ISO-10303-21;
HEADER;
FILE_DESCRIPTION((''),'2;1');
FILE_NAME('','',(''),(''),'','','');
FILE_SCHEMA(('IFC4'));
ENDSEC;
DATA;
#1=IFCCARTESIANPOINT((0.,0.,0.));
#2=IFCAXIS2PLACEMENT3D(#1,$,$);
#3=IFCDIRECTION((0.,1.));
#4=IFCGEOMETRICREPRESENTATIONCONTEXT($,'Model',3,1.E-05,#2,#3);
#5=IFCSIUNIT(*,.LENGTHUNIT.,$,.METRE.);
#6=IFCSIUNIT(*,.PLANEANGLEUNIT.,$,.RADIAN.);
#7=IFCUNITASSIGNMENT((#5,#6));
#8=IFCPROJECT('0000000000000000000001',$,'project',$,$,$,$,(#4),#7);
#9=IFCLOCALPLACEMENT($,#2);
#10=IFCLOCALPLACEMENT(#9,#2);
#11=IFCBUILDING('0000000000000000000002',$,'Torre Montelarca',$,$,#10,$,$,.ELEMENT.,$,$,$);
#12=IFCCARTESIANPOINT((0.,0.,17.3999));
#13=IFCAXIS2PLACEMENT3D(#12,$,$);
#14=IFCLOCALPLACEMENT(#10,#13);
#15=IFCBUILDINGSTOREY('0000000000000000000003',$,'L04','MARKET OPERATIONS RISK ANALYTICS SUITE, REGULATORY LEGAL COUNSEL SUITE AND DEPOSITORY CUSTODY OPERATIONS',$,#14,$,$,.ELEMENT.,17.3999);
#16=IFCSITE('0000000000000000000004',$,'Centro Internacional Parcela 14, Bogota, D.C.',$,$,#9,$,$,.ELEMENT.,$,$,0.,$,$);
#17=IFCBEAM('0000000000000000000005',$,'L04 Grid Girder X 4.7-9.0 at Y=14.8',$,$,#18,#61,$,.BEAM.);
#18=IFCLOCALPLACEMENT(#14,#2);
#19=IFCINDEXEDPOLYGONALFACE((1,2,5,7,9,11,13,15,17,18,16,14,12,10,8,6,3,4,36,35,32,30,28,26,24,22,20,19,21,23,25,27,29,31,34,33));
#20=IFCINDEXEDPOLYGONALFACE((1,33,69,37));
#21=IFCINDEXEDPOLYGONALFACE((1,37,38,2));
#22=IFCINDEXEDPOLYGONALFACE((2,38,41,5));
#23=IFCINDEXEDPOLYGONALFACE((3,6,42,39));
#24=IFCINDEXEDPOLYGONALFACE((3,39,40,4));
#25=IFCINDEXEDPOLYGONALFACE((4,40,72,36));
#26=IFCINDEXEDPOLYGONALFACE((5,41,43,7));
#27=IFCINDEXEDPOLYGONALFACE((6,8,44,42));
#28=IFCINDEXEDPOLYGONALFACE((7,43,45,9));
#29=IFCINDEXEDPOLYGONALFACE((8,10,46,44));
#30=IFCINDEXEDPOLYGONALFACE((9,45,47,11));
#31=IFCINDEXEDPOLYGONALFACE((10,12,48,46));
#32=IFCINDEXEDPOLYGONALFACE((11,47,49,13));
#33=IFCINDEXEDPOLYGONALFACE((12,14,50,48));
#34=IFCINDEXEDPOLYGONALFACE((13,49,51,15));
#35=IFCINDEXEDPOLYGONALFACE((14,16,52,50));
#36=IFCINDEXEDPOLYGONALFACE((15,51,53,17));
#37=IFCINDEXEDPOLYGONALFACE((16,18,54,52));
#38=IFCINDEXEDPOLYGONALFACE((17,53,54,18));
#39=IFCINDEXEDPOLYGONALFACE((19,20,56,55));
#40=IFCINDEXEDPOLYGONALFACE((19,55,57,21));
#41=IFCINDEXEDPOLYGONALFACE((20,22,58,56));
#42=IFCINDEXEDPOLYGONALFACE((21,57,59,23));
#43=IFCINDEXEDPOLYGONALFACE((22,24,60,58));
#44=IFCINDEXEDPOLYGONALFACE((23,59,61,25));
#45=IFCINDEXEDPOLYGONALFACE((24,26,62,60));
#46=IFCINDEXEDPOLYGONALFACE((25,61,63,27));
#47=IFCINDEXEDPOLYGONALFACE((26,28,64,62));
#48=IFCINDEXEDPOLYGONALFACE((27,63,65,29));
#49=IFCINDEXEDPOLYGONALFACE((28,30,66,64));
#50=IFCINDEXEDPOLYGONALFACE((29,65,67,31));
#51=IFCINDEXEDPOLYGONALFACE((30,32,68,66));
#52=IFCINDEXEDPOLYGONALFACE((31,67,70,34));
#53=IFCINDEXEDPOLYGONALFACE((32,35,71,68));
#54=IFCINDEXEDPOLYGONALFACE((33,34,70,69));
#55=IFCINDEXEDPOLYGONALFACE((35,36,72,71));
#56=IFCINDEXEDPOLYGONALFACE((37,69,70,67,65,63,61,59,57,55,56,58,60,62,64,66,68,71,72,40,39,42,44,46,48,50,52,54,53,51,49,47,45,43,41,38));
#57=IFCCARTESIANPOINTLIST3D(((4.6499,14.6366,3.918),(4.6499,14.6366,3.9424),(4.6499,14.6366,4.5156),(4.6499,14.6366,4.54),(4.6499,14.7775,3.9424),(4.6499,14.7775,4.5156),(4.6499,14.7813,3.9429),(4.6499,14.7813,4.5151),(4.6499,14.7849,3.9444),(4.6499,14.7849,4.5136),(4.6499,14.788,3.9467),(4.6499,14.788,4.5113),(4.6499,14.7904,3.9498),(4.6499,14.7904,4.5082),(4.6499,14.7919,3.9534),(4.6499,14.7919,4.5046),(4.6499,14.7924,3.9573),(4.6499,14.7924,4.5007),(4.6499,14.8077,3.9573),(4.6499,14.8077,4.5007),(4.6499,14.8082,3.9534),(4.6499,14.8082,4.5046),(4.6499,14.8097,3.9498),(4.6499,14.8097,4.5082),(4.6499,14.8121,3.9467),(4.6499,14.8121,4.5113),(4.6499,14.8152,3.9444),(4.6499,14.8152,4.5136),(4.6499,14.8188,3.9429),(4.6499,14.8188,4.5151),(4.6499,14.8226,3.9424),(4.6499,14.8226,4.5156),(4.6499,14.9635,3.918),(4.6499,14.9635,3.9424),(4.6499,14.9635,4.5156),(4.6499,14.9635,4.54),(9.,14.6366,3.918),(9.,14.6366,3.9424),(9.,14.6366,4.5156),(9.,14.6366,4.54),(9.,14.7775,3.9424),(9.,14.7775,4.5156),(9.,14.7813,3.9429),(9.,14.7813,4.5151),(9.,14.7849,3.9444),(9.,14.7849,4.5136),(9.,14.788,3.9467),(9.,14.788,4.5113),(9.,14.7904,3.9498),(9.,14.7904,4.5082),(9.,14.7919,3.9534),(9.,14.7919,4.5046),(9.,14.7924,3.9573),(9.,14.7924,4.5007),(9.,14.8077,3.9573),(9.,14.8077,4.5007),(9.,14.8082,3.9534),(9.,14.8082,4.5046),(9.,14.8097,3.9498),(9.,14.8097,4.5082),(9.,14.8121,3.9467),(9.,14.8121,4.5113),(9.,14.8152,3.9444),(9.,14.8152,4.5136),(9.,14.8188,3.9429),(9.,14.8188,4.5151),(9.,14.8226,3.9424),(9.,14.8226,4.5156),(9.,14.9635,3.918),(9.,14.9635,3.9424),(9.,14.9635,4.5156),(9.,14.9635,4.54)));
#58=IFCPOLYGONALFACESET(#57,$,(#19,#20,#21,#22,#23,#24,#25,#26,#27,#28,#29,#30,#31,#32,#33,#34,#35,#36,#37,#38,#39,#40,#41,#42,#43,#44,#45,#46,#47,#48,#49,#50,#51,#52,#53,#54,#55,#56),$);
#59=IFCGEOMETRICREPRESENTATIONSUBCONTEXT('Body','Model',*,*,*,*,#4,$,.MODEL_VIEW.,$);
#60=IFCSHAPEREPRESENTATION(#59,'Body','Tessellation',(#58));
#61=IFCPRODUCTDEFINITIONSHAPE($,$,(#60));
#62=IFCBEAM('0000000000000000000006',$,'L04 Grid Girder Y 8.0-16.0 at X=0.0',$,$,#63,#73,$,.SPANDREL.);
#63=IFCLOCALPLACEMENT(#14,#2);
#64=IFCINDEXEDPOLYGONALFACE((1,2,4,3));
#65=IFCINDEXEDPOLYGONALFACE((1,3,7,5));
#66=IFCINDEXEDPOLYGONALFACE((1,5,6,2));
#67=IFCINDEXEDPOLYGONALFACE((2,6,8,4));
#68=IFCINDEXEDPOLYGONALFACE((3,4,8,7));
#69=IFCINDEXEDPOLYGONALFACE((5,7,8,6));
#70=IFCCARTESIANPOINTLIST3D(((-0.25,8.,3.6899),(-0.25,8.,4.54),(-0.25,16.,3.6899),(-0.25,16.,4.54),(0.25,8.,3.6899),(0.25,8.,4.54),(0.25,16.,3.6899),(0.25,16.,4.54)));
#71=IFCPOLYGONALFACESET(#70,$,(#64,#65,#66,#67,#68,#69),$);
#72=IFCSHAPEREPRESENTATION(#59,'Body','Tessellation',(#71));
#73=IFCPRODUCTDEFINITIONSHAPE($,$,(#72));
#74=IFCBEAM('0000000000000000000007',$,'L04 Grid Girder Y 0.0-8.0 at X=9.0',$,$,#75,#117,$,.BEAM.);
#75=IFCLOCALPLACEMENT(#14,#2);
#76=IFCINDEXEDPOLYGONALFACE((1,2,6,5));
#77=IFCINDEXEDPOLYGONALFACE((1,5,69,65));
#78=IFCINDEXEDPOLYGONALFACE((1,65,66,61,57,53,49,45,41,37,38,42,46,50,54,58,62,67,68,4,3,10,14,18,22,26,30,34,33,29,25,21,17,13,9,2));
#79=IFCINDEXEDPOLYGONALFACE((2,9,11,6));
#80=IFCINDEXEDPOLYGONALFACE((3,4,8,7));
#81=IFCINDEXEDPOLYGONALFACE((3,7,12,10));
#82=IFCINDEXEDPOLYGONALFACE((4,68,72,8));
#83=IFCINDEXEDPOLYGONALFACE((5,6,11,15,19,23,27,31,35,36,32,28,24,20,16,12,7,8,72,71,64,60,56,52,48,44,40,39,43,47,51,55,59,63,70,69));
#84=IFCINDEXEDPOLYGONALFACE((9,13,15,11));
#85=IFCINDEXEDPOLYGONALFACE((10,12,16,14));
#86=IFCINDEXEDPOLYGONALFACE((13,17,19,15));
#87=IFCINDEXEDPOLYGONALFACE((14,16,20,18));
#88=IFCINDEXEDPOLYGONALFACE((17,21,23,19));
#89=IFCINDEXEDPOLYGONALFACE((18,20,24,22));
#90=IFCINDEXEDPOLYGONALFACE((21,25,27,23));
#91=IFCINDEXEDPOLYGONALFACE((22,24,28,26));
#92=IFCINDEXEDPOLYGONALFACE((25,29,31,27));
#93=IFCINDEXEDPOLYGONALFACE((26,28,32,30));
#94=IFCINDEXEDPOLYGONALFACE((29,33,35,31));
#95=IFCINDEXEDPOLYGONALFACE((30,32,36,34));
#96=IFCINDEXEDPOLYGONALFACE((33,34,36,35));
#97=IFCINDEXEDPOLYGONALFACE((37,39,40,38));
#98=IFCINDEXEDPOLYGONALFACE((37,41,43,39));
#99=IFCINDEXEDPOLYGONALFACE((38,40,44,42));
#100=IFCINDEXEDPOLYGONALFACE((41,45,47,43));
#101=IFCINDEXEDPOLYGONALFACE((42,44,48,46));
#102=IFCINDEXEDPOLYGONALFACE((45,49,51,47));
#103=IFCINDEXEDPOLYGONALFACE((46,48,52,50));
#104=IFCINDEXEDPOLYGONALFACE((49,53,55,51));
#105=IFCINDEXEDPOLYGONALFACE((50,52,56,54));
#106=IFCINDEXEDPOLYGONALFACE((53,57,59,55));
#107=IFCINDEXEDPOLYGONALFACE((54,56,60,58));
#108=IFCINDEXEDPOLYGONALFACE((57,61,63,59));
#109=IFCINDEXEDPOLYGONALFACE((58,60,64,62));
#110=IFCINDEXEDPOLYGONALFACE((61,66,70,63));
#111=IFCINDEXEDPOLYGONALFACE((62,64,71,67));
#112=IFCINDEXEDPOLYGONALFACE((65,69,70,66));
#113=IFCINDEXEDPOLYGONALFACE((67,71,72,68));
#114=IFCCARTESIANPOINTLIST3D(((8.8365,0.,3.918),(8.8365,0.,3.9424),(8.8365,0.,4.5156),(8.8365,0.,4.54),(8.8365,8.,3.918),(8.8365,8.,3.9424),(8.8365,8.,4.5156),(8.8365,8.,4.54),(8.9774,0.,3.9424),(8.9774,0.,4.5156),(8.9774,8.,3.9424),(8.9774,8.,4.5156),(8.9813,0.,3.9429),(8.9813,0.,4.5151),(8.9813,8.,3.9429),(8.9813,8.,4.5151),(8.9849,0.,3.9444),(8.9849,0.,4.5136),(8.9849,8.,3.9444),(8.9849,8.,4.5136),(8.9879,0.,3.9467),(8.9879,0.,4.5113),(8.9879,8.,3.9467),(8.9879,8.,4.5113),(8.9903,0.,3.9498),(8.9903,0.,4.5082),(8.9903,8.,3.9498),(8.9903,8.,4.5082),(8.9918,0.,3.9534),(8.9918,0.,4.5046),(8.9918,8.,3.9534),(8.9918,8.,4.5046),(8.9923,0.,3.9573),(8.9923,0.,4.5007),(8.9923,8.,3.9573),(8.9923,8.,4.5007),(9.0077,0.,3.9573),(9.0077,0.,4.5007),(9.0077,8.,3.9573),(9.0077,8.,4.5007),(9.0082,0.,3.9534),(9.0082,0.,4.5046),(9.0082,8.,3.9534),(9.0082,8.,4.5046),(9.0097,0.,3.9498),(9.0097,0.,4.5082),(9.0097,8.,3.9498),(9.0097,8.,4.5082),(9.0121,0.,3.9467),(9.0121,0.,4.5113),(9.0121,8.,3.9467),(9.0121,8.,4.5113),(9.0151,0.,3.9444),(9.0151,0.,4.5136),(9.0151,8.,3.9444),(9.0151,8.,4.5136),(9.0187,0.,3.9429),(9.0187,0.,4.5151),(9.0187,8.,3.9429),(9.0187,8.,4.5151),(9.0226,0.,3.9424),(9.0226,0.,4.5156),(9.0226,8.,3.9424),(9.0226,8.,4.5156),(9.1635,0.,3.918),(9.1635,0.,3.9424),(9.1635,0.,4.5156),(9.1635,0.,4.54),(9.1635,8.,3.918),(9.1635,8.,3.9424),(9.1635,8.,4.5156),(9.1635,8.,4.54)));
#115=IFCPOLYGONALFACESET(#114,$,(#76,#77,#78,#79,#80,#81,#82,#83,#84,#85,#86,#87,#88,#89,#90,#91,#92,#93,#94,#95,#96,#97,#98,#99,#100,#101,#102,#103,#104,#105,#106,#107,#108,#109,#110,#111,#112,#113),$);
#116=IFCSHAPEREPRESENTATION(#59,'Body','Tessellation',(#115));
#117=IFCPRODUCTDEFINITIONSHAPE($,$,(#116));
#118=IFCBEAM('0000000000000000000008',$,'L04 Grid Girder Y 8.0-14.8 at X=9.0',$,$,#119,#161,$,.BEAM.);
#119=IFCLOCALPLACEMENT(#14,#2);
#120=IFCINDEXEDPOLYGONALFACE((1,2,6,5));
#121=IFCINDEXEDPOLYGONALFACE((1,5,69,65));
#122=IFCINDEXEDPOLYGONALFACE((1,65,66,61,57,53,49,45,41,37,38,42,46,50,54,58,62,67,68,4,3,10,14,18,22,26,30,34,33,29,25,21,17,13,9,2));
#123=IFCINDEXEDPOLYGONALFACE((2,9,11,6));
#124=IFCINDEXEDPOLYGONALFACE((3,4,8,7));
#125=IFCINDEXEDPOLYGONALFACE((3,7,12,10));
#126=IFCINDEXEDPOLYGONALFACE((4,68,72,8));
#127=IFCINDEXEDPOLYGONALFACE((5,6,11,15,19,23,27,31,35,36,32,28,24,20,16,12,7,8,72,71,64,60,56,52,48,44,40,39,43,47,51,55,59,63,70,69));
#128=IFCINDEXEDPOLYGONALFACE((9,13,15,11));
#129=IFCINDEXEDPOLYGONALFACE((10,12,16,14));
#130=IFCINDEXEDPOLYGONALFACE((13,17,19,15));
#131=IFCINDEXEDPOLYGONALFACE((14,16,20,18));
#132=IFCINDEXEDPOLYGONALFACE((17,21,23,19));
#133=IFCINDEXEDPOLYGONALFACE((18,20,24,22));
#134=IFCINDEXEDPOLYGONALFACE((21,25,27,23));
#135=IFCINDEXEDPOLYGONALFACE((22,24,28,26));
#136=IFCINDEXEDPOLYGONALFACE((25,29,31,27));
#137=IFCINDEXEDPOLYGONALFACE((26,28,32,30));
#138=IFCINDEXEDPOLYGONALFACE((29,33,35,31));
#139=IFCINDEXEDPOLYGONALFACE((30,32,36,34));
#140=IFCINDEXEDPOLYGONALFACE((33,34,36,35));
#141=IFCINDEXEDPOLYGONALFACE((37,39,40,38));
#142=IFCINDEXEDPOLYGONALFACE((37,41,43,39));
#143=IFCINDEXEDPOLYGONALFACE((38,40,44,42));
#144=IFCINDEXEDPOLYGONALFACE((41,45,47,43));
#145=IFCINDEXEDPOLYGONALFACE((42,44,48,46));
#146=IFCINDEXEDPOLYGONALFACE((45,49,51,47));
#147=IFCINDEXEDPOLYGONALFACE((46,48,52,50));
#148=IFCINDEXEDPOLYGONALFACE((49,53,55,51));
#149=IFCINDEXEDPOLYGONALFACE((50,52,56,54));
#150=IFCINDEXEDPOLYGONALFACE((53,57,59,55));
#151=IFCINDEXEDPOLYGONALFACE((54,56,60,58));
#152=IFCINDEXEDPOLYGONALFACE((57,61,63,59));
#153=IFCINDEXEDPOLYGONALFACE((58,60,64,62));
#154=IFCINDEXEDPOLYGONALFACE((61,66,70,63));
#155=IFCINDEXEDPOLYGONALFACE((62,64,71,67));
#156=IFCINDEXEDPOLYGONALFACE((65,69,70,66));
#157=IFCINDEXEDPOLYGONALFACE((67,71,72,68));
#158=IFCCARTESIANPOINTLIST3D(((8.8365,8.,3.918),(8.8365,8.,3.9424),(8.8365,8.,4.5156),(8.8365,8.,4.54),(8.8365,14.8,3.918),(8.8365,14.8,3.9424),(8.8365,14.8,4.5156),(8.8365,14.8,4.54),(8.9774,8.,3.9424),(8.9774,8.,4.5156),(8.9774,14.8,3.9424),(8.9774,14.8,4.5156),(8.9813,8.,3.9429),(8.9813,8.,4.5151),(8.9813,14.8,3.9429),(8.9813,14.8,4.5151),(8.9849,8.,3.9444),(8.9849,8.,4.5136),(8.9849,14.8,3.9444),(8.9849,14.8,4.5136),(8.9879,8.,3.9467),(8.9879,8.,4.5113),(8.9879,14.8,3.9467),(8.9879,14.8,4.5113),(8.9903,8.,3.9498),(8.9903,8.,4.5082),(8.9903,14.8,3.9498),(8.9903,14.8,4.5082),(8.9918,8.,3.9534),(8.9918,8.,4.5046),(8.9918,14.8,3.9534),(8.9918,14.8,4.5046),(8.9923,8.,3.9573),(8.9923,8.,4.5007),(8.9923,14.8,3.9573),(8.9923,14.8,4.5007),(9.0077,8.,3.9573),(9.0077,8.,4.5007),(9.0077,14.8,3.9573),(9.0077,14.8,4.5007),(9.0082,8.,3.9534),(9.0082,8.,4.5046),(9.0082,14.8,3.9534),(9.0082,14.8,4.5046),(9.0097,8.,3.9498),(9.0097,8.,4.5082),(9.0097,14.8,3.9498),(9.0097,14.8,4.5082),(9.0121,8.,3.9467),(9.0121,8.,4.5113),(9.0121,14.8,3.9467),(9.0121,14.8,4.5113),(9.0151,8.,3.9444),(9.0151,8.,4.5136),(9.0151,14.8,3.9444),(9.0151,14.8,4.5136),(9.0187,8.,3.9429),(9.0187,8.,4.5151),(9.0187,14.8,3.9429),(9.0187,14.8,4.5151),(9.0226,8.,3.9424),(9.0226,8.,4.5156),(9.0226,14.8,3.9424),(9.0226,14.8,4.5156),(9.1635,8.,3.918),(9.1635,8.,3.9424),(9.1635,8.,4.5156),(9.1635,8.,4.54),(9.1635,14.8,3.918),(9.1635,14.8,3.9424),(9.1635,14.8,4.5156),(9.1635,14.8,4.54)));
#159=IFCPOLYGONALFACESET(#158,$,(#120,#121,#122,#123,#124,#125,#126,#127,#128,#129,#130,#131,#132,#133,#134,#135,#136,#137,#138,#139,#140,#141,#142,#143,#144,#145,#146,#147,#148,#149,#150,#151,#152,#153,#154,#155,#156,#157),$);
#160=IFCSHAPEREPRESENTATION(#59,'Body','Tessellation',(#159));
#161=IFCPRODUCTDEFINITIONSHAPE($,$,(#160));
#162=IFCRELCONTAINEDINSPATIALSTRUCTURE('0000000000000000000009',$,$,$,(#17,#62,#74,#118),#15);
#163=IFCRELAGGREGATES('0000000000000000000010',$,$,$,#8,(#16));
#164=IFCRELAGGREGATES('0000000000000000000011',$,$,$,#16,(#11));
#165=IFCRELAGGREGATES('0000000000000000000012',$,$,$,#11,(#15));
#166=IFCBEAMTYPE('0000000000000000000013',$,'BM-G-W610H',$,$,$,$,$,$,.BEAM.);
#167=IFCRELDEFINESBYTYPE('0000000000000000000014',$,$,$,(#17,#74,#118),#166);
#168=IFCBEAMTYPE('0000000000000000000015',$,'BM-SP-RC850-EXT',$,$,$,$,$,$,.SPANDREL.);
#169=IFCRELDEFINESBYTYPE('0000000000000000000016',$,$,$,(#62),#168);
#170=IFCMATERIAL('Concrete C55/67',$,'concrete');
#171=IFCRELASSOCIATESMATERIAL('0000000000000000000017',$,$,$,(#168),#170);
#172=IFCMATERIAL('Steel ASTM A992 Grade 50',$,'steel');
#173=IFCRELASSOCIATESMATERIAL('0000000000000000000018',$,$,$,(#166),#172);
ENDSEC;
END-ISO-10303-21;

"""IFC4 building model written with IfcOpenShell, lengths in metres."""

from ifc_helpers import new_model, si_unit, direction, frame, origin, origin_2d, place, context, subcontext, project, spatial, rectangle, i_section, extrude, source, transform, mapped, material, material_profile, profile_set, type_object, element, save


model = new_model("IFC4")

# Units and contexts
model_context = context("Model", 3, precision=1e-05, world=origin(), true_north=direction((0.0, 1.0)))
body_context = subcontext(model_context, "Body", "Model", "MODEL_VIEW")
ifc_project = project(units=[si_unit("LENGTHUNIT", "METRE"), si_unit("PLANEANGLEUNIT", "RADIAN")], contexts=[model_context])

# Site, building, storey
site_placement = place(None, origin())
site = spatial("IfcSite", under=ifc_project, at=site_placement, Name="Centro Internacional Parcela 14, Bogota, D.C.", CompositionType="ELEMENT", RefElevation=0.0)
building_placement = place(site_placement, origin())
building = spatial("IfcBuilding", under=site, at=building_placement, Name="Torre Montelarca", CompositionType="ELEMENT")
storey_placement = place(building_placement, frame((0.0, 0.0, 17.3999)))
storey = spatial("IfcBuildingStorey", under=building, at=storey_placement, Name="L04", Description="MARKET OPERATIONS RISK ANALYTICS SUITE, REGULATORY LEGAL COUNSEL SUITE AND DEPOSITORY CUSTODY OPERATIONS", CompositionType="ELEMENT", Elevation=17.3999)

# Beams
ifc_material_1 = material(Name="Concrete C55/67", Category="concrete")
ifc_material_profile_1 = material_profile(ifc_material_1, rectangle(XDim=0.5, YDim=0.8501, at=origin_2d()), Name="RCB500X850", Category="concrete")
ifc_profile_set_1 = profile_set([ifc_material_profile_1], Name="Concrete C55/67")
beam_type_1 = type_object("IfcBeamType", Name="BM-SP-RC850-EXT", PredefinedType="SPANDREL", material=ifc_profile_set_1)
ifc_material_2 = material(Name="Steel ASTM A992 Grade 50", Category="steel")
ifc_material_profile_2 = material_profile(ifc_material_2, i_section(OverallWidth=0.3269, OverallDepth=0.6221, WebThickness=0.0154, FlangeThickness=0.0244, FilletRadius=0.0149, at=origin_2d()), Name="W610X195", Category="steel")
ifc_profile_set_2 = profile_set([ifc_material_profile_2], Name="Steel ASTM A992 Grade 50")
beam_type_2 = type_object("IfcBeamType", Name="BM-G-W610H", PredefinedType="BEAM", material=ifc_profile_set_2)
shared_shape_1 = source(origin(), body_context, "Body", "SweptSolid", [
    extrude(i_section(OverallWidth=0.3269, OverallDepth=0.6221, WebThickness=0.0154, FlangeThickness=0.0244, FilletRadius=0.0149, at=origin_2d()), origin(), (0.0, 0.0, 1.0), 4.3501),
])
beam_1_placement = place(storey_placement, frame((4.6499, 14.8, 4.229), z_axis=(1.0, 0.0, 0.0), x_axis=(0.0, 1.0, 0.0)))
element("IfcBeam", 1, at=beam_1_placement, inside=storey, type_object=beam_type_2, Name="L04 Grid Girder X 4.7-9.0 at Y=14.8", PredefinedType="BEAM", context=body_context, shape_type="MappedRepresentation", body=[
    mapped(shared_shape_1, transform((0.0, 0.0, 0.0), scale=1.0)),
])
shared_shape_2 = source(origin(), body_context, "Body", "SweptSolid", [
    extrude(rectangle(XDim=0.5, YDim=0.8501, at=origin_2d()), origin(), (0.0, 0.0, 1.0), 8.0),
])
beam_2_placement = place(storey_placement, frame((0.0, 8.0, 4.115), z_axis=(0.0, 1.0, 0.0), x_axis=(-1.0, 0.0, 0.0)))
element("IfcBeam", 2, at=beam_2_placement, inside=storey, type_object=beam_type_1, Name="L04 Grid Girder Y 8.0-16.0 at X=0.0", PredefinedType="SPANDREL", context=body_context, shape_type="MappedRepresentation", body=[
    mapped(shared_shape_2, transform((0.0, 0.0, 0.0), scale=1.0)),
])
shared_shape_3 = source(origin(), body_context, "Body", "SweptSolid", [
    extrude(i_section(OverallWidth=0.3269, OverallDepth=0.6221, WebThickness=0.0154, FlangeThickness=0.0244, FilletRadius=0.0149, at=origin_2d()), origin(), (0.0, 0.0, 1.0), 8.0),
])
beam_3_placement = place(storey_placement, frame((9.0, 0.0, 4.229), z_axis=(0.0, 1.0, 0.0), x_axis=(-1.0, 0.0, 0.0)))
element("IfcBeam", 3, at=beam_3_placement, inside=storey, type_object=beam_type_2, Name="L04 Grid Girder Y 0.0-8.0 at X=9.0", PredefinedType="BEAM", context=body_context, shape_type="MappedRepresentation", body=[
    mapped(shared_shape_3, transform((0.0, 0.0, 0.0), scale=1.0)),
])
shared_shape_4 = source(origin(), body_context, "Body", "SweptSolid", [
    extrude(i_section(OverallWidth=0.3269, OverallDepth=0.6221, WebThickness=0.0154, FlangeThickness=0.0244, FilletRadius=0.0149, at=origin_2d()), origin(), (0.0, 0.0, 1.0), 6.8),
])
beam_4_placement = place(storey_placement, frame((9.0, 8.0, 4.229), z_axis=(0.0, 1.0, 0.0), x_axis=(-1.0, 0.0, 0.0)))
element("IfcBeam", 4, at=beam_4_placement, inside=storey, type_object=beam_type_2, Name="L04 Grid Girder Y 8.0-14.8 at X=9.0", PredefinedType="BEAM", context=body_context, shape_type="MappedRepresentation", body=[
    mapped(shared_shape_4, transform((0.0, 0.0, 0.0), scale=1.0)),
])

save(model, "model.ifc")
